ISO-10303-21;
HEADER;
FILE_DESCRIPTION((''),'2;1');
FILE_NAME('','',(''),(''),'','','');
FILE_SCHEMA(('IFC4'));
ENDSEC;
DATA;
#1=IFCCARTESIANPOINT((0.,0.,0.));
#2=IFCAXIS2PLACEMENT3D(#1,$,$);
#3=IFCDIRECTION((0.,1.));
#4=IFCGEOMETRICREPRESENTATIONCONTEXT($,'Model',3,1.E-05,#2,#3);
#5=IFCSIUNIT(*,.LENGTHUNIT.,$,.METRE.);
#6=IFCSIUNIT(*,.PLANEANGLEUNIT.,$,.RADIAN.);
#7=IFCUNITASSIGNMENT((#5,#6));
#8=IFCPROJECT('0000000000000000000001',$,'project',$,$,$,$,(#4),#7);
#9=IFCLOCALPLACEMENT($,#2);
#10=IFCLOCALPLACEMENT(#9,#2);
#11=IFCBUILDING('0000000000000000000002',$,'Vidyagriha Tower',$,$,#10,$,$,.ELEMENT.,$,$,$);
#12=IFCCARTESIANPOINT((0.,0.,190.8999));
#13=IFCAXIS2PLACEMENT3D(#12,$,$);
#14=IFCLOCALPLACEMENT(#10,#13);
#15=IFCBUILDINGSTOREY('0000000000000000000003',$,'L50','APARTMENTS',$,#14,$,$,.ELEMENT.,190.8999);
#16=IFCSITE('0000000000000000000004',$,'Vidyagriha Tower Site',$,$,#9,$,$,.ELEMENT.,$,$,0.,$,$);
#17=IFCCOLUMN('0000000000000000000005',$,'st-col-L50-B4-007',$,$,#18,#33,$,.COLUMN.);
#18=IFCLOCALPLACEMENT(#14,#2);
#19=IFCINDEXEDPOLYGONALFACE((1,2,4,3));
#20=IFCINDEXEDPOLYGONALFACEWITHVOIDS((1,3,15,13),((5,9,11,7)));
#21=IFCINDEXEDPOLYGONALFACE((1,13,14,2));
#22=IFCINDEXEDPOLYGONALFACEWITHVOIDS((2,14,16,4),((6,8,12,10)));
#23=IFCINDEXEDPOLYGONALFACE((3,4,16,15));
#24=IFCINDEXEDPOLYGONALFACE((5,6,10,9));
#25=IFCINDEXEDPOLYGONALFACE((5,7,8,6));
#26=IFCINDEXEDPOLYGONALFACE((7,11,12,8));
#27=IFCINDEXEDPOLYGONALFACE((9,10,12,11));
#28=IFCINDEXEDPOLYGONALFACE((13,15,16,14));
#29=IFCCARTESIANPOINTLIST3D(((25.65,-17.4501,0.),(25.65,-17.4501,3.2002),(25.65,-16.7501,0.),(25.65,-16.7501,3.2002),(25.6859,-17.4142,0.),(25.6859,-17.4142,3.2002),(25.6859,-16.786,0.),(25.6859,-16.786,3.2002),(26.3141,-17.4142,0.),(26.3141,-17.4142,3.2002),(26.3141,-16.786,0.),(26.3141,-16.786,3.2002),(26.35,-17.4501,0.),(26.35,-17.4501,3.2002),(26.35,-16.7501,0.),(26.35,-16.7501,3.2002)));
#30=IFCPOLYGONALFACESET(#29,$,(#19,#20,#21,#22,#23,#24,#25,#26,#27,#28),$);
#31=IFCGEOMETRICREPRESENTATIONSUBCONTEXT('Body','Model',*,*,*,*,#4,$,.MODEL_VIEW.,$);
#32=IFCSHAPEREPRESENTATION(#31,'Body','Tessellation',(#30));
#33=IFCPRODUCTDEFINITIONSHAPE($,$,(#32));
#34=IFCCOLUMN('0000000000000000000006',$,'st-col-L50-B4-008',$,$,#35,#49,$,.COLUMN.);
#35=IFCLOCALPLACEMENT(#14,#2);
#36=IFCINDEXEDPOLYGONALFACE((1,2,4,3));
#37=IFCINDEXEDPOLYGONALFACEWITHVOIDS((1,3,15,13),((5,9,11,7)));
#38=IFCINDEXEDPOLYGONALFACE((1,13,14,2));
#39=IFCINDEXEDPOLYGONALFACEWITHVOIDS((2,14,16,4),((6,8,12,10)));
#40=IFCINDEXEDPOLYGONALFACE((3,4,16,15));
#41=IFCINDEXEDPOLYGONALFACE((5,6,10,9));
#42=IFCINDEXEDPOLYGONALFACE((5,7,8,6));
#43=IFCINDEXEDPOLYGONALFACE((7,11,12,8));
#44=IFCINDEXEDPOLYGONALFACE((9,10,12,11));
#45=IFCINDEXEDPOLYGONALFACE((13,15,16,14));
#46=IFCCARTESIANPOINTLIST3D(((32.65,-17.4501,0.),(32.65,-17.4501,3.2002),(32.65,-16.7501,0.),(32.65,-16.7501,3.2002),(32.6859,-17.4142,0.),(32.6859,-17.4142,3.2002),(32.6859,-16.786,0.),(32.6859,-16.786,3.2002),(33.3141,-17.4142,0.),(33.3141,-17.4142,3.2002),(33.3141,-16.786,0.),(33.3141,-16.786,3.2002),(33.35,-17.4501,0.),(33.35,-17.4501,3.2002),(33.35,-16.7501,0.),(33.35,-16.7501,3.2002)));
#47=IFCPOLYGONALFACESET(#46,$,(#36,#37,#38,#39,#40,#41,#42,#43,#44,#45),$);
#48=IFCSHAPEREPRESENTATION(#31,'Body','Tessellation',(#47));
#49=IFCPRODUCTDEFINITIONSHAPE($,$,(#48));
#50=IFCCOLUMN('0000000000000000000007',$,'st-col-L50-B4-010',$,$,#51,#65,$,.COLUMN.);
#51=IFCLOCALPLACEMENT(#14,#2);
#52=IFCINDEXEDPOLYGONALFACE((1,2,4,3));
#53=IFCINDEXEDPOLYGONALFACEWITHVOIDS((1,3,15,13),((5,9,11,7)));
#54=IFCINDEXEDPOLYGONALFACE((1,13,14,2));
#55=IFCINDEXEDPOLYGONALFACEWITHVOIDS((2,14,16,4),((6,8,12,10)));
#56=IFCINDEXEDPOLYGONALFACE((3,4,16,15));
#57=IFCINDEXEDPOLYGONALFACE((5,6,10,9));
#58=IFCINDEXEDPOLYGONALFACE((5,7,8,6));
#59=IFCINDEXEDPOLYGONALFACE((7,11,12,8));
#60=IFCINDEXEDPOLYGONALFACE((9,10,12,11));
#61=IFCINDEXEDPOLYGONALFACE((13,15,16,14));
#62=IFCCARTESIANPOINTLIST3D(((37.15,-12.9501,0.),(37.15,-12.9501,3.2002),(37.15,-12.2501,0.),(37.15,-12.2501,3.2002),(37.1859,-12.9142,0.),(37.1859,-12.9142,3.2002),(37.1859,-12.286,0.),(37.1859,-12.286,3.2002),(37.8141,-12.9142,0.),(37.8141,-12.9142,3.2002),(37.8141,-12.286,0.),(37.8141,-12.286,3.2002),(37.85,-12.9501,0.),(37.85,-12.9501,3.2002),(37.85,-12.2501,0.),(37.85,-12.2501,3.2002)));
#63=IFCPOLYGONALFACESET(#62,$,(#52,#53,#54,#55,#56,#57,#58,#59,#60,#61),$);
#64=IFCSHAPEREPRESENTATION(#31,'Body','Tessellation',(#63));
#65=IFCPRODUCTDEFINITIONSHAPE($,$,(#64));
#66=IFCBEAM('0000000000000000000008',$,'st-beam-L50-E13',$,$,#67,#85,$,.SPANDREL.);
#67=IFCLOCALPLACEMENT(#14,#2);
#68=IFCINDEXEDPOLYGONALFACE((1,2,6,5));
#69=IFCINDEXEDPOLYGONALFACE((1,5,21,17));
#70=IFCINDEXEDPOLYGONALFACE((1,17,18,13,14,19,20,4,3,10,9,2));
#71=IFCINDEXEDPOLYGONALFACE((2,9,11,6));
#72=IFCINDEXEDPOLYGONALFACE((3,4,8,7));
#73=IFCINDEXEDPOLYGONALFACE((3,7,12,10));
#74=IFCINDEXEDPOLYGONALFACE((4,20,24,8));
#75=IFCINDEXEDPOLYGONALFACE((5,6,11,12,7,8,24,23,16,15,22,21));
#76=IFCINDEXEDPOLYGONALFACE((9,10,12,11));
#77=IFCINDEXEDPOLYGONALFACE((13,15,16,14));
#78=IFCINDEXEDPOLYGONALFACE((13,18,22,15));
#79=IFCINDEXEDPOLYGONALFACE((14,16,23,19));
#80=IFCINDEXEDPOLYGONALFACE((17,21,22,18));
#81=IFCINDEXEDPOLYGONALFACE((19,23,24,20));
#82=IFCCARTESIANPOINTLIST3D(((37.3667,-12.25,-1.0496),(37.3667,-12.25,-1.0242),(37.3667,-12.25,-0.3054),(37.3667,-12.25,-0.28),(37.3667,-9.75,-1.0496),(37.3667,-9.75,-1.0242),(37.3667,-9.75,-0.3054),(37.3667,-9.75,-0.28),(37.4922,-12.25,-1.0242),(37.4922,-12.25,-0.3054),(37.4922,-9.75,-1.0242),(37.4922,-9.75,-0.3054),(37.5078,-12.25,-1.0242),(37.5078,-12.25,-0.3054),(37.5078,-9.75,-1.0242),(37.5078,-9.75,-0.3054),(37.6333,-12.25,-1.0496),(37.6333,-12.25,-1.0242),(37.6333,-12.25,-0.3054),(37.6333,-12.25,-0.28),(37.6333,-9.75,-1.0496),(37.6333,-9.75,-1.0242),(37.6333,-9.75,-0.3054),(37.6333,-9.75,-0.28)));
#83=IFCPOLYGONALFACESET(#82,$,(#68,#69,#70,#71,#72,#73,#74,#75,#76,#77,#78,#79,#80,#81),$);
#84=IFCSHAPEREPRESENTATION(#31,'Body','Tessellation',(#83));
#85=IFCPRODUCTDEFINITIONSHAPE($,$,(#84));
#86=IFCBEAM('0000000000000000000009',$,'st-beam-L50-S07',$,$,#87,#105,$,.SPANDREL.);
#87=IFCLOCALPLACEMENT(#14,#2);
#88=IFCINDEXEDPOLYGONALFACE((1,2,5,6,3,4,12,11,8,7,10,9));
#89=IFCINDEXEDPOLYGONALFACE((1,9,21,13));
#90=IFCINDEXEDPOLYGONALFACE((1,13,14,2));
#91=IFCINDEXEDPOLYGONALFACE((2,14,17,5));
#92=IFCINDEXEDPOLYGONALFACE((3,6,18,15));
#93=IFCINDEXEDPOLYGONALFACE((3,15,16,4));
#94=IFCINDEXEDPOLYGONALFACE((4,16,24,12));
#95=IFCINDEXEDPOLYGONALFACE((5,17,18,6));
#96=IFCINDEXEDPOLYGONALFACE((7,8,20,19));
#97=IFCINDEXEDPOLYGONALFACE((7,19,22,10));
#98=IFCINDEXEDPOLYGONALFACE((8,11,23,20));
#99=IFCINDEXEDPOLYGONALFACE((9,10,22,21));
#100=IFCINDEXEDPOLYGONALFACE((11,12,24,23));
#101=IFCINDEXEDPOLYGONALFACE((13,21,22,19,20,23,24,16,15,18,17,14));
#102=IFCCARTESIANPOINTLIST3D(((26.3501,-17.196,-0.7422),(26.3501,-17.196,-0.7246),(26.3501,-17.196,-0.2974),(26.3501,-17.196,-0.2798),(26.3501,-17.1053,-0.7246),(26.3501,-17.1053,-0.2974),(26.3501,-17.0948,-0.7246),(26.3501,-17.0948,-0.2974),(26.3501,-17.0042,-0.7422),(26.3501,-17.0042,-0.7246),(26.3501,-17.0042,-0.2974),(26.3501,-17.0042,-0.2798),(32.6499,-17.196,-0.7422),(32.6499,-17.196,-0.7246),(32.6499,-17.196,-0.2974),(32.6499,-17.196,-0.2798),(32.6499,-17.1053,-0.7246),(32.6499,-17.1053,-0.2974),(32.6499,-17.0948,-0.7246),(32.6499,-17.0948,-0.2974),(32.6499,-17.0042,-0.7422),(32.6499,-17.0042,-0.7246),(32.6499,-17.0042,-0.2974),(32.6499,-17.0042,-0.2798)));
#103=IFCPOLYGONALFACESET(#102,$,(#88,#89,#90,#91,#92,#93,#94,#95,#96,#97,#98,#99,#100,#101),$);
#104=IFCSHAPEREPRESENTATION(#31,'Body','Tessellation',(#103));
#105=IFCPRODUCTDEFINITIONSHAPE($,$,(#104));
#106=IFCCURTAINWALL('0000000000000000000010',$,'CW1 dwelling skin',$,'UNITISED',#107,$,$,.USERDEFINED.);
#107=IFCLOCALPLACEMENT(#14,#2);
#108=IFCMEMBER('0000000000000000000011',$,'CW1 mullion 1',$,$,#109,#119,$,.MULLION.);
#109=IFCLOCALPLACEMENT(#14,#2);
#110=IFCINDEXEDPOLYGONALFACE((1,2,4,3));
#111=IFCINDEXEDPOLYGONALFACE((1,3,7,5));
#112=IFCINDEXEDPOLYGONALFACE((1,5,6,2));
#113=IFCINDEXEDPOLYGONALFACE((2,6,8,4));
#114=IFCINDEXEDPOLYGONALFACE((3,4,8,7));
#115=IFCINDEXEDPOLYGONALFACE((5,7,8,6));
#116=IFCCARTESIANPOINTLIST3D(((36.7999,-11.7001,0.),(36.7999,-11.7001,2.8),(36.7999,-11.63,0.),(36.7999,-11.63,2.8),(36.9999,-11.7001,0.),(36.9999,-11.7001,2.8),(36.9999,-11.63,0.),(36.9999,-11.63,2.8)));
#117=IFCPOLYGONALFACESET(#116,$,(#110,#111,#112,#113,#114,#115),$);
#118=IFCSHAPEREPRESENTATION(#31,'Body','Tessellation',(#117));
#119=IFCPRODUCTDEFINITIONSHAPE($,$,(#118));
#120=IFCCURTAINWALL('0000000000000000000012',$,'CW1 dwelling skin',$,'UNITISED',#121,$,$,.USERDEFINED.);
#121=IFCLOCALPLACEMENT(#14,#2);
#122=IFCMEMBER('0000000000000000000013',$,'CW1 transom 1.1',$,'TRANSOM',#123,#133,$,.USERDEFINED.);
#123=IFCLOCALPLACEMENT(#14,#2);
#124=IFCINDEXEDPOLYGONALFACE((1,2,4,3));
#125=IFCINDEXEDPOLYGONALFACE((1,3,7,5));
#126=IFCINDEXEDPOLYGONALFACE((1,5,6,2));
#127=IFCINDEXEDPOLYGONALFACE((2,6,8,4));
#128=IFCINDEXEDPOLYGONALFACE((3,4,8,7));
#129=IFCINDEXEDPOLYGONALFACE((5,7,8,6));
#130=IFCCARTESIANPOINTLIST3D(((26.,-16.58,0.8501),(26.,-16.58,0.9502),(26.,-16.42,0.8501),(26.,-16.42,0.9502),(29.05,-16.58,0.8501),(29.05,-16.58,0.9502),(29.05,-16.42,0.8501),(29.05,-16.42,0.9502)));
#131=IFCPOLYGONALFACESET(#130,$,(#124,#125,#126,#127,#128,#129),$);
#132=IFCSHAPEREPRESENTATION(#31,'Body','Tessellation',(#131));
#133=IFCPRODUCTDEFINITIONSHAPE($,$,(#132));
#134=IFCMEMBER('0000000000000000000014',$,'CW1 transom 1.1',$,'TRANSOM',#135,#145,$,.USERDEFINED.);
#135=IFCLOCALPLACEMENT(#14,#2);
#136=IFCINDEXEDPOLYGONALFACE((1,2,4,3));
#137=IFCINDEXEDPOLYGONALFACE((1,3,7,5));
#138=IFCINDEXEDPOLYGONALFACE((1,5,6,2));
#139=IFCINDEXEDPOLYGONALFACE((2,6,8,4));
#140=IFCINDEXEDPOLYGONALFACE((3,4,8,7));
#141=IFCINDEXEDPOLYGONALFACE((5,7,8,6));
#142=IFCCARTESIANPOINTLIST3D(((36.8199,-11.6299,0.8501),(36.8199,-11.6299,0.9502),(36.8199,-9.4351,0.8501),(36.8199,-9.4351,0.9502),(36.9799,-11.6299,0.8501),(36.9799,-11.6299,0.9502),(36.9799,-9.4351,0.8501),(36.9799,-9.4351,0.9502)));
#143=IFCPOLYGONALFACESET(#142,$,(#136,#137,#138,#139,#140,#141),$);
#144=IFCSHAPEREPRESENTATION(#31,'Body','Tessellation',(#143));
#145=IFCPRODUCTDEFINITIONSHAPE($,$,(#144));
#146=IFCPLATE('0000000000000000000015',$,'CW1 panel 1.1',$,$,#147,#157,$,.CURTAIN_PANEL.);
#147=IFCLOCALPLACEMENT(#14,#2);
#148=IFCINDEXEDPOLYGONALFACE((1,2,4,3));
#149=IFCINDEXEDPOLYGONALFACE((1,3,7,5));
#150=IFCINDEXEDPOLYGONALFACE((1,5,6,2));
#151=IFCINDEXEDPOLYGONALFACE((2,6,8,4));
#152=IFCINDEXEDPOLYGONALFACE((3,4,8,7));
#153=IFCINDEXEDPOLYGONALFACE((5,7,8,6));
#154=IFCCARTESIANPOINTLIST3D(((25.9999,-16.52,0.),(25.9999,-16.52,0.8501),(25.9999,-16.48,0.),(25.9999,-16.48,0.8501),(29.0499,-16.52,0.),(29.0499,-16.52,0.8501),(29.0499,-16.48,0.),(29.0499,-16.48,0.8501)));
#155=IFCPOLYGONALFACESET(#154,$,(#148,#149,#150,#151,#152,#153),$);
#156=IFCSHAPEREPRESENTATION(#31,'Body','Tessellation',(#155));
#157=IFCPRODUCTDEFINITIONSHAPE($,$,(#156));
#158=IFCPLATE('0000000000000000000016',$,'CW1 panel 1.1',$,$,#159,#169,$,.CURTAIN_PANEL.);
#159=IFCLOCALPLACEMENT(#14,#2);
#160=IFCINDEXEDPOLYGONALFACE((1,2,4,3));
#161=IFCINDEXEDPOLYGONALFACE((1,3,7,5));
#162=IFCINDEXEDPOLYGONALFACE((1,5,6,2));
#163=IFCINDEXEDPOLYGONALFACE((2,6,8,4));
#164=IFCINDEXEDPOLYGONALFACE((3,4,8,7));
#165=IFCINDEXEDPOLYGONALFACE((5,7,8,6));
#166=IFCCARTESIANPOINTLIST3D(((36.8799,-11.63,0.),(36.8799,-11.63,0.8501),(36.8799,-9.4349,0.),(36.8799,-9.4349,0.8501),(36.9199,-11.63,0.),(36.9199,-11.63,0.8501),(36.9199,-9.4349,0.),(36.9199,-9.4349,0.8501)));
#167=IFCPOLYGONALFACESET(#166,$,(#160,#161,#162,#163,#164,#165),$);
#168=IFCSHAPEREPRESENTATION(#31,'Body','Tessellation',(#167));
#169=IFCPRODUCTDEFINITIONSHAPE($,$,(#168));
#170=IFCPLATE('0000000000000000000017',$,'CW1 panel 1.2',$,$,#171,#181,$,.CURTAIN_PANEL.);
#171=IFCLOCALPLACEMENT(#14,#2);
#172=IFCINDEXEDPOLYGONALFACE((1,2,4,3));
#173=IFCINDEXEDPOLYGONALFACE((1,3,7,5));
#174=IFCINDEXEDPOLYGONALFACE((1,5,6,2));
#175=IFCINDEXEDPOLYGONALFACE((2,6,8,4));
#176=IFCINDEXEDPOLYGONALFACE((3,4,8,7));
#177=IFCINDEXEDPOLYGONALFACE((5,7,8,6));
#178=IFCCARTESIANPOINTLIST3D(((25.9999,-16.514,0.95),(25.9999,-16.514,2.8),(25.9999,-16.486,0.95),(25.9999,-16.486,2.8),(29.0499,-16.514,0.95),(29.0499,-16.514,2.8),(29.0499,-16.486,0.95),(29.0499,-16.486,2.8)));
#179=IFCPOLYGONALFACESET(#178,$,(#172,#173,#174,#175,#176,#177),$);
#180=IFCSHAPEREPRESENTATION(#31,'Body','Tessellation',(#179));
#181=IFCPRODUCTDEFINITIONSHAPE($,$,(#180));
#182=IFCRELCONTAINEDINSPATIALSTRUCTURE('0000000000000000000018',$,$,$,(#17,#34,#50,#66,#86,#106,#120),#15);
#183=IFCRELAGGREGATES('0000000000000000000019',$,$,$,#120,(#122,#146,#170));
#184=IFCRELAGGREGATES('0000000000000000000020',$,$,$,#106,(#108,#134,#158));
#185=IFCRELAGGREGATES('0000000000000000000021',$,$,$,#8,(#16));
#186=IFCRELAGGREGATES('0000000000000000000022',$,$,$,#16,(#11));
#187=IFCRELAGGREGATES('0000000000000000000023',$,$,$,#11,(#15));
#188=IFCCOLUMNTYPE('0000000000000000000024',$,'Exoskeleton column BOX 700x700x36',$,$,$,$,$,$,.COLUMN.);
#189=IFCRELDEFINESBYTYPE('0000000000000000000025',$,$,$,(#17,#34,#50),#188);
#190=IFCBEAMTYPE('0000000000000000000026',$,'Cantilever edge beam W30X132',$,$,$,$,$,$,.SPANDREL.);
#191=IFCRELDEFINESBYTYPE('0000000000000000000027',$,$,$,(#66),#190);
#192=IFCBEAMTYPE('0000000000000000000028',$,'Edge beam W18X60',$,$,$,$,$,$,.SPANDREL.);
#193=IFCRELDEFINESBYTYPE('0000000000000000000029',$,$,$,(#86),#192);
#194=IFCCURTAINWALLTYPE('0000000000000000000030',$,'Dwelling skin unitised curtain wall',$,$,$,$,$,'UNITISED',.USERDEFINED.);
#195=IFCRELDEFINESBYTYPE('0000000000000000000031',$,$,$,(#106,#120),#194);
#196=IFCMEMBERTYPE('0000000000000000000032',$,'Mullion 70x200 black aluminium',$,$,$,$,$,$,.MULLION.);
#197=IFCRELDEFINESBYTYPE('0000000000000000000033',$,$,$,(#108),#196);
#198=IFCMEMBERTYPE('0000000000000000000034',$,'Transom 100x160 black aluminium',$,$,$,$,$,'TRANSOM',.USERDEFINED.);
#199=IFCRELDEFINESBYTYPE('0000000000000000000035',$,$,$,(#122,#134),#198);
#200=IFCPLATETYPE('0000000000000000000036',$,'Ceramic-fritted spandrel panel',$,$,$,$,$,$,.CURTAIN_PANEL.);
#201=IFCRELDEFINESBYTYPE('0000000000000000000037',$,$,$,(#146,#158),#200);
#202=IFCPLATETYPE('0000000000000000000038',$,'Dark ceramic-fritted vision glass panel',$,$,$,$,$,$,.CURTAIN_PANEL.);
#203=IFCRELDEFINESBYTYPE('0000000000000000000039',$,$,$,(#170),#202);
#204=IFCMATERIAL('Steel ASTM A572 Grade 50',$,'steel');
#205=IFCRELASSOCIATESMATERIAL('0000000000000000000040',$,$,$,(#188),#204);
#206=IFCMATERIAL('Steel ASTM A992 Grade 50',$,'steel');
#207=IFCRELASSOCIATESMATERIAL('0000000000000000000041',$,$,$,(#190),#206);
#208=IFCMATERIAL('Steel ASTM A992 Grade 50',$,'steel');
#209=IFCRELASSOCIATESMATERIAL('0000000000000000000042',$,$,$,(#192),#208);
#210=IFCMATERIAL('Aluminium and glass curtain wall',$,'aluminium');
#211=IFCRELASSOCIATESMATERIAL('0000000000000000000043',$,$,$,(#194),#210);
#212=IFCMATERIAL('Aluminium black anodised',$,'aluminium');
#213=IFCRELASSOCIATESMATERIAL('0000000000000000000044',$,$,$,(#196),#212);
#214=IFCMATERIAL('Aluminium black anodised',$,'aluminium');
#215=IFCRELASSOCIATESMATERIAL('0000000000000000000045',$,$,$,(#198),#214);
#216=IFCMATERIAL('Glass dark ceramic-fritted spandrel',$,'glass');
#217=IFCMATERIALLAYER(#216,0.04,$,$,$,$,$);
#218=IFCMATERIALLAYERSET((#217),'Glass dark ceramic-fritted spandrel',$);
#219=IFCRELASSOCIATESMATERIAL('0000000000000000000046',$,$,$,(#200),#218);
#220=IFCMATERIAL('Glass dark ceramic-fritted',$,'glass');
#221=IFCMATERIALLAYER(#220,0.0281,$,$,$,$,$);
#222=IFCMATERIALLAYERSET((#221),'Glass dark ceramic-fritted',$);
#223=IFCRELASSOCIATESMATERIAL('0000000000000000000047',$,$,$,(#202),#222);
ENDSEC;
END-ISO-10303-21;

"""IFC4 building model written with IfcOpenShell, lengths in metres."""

from ifc_helpers import new_model, si_unit, direction, frame, origin, origin_2d, place, context, subcontext, project, spatial, rectangle, hollow_rectangle, i_section, extrude, material, layer, layer_set, material_profile, profile_set, type_object, element, aggregate, save


model = new_model("IFC4")

# Units and contexts
model_context = context("Model", 3, precision=1e-05, world=origin(), true_north=direction((0.0, 1.0)))
body_context = subcontext(model_context, "Body", "Model", "MODEL_VIEW")
ifc_project = project(units=[si_unit("LENGTHUNIT", "METRE"), si_unit("PLANEANGLEUNIT", "RADIAN")], contexts=[model_context])

# Site, building, storey
site_placement = place(None, origin())
site = spatial("IfcSite", under=ifc_project, at=site_placement, Name="Vidyagriha Tower Site", CompositionType="ELEMENT", RefElevation=0.0)
building_placement = place(site_placement, origin())
building = spatial("IfcBuilding", under=site, at=building_placement, Name="Vidyagriha Tower", CompositionType="ELEMENT")
storey_placement = place(building_placement, frame((0.0, 0.0, 190.8999)))
storey = spatial("IfcBuildingStorey", under=building, at=storey_placement, Name="L50", Description="APARTMENTS", CompositionType="ELEMENT", Elevation=190.8999)

# Columns
ifc_material_1 = material(Name="Steel ASTM A572 Grade 50", Category="steel")
ifc_material_profile_1 = material_profile(ifc_material_1, hollow_rectangle(XDim=0.7, YDim=0.7, WallThickness=0.0359, at=origin_2d()), Name="BOX 700x700x36")
ifc_profile_set_1 = profile_set([ifc_material_profile_1], Name="Steel ASTM A572 Grade 50")
column_type = type_object("IfcColumnType", Name="Exoskeleton column BOX 700x700x36", PredefinedType="COLUMN", material=ifc_profile_set_1)
for number, where, name in (
    (1, (26.0, -17.1001, 0.0), "st-col-L50-B4-007"),
    (2, (33.0, -17.1001, 0.0), "st-col-L50-B4-008"),
    (3, (37.5, -12.6001, 0.0), "st-col-L50-B4-010"),
):
    element("IfcColumn", number, at=place(storey_placement, frame(where)), inside=storey, type_object=column_type, Name=name, PredefinedType="COLUMN", context=body_context, shape_type="SweptSolid", body=[
        extrude(hollow_rectangle(XDim=0.7, YDim=0.7, WallThickness=0.0359, at=origin_2d()), origin(), (0.0, 0.0, 1.0), 3.2002),
    ])

# Beams
ifc_material_2 = material(Name="Steel ASTM A992 Grade 50", Category="steel")
ifc_material_profile_2 = material_profile(ifc_material_2, i_section(OverallWidth=0.2666, OverallDepth=0.7695, WebThickness=0.0156, FlangeThickness=0.0254, at=origin_2d()), Name="W30X132")
ifc_profile_set_2 = profile_set([ifc_material_profile_2], Name="Steel ASTM A992 Grade 50")
beam_type_1 = type_object("IfcBeamType", Name="Cantilever edge beam W30X132", PredefinedType="SPANDREL", material=ifc_profile_set_2)
beam_1_placement = place(storey_placement, frame((37.5, -12.25, -0.6648), z_axis=(0.0, 1.0, 0.0), x_axis=(-1.0, 0.0, 0.0)))
element("IfcBeam", 4, at=beam_1_placement, inside=storey, type_object=beam_type_1, Name="st-beam-L50-E13", PredefinedType="SPANDREL", context=body_context, shape_type="SweptSolid", body=[
    extrude(i_section(OverallWidth=0.2666, OverallDepth=0.7695, WebThickness=0.0156, FlangeThickness=0.0254, at=origin_2d()), origin(), (0.0, 0.0, 1.0), 2.5),
])
ifc_material_3 = material(Name="Steel ASTM A992 Grade 50", Category="steel")
ifc_material_profile_3 = material_profile(ifc_material_3, i_section(OverallWidth=0.1919, OverallDepth=0.4624, WebThickness=0.0105, FlangeThickness=0.0176, at=origin_2d()), Name="W18X60")
ifc_profile_set_3 = profile_set([ifc_material_profile_3], Name="Steel ASTM A992 Grade 50")
beam_type_2 = type_object("IfcBeamType", Name="Edge beam W18X60", PredefinedType="SPANDREL", material=ifc_profile_set_3)
beam_2_placement = place(storey_placement, frame((26.3501, -17.1001, -0.511), z_axis=(1.0, 0.0, 0.0), x_axis=(0.0, 1.0, 0.0)))
element("IfcBeam", 5, at=beam_2_placement, inside=storey, type_object=beam_type_2, Name="st-beam-L50-S07", PredefinedType="SPANDREL", context=body_context, shape_type="SweptSolid", body=[
    extrude(i_section(OverallWidth=0.1919, OverallDepth=0.4624, WebThickness=0.0105, FlangeThickness=0.0176, at=origin_2d()), origin(), (0.0, 0.0, 1.0), 6.2998),
])

# Curtain walls, members
ifc_material_4 = material(Name="Aluminium and glass curtain wall", Category="aluminium")
curtain_wall_type = type_object("IfcCurtainWallType", Name="Dwelling skin unitised curtain wall", ElementType="UNITISED", PredefinedType="USERDEFINED", material=ifc_material_4)
curtain_wall_1_placement = place(storey_placement, origin())
curtain_wall_1 = element("IfcCurtainWall", 6, at=curtain_wall_1_placement, inside=storey, type_object=curtain_wall_type, Name="CW1 dwelling skin", ObjectType="UNITISED", PredefinedType="USERDEFINED")
ifc_material_5 = material(Name="Aluminium black anodised", Category="aluminium")
ifc_material_profile_4 = material_profile(ifc_material_5, rectangle(XDim=0.2, YDim=0.0701, at=origin_2d()), Name="Mullion 70x200 black aluminium")
ifc_profile_set_4 = profile_set([ifc_material_profile_4], Name="Aluminium black anodised")
member_type_1 = type_object("IfcMemberType", Name="Mullion 70x200 black aluminium", PredefinedType="MULLION", material=ifc_profile_set_4)
member_1_placement = place(storey_placement, frame((36.8999, -11.665, 0.0), z_axis=(0.0, 0.0, 1.0), x_axis=(-1.0, 0.0, 0.0)))
member_1 = element("IfcMember", 7, at=member_1_placement, type_object=member_type_1, Name="CW1 mullion 1", PredefinedType="MULLION", context=body_context, shape_type="SweptSolid", body=[
    extrude(rectangle(XDim=0.2, YDim=0.0701, at=origin_2d()), origin(), (0.0, 0.0, 1.0), 2.8),
])
curtain_wall_2_placement = place(storey_placement, origin())
curtain_wall_2 = element("IfcCurtainWall", 8, at=curtain_wall_2_placement, inside=storey, type_object=curtain_wall_type, Name="CW1 dwelling skin", ObjectType="UNITISED", PredefinedType="USERDEFINED")
ifc_material_6 = material(Name="Aluminium black anodised", Category="aluminium")
ifc_material_profile_5 = material_profile(ifc_material_6, rectangle(XDim=0.1599, YDim=0.1001, at=origin_2d()), Name="Transom 100x160 black aluminium")
ifc_profile_set_5 = profile_set([ifc_material_profile_5], Name="Aluminium black anodised")
member_type_2 = type_object("IfcMemberType", Name="Transom 100x160 black aluminium", ElementType="TRANSOM", PredefinedType="USERDEFINED", material=ifc_profile_set_5)
member_2_placement = place(storey_placement, frame((26.0, -16.5, 0.9001), z_axis=(1.0, 0.0, 0.0), x_axis=(0.0, 1.0, 0.0)))
member_2 = element("IfcMember", 9, at=member_2_placement, type_object=member_type_2, Name="CW1 transom 1.1", ObjectType="TRANSOM", PredefinedType="USERDEFINED", context=body_context, shape_type="SweptSolid", body=[
    extrude(rectangle(XDim=0.1599, YDim=0.1001, at=origin_2d()), origin(), (0.0, 0.0, 1.0), 3.05),
])

# Member
member_3_placement = place(storey_placement, frame((36.8999, -11.6299, 0.9001), z_axis=(0.0, 1.0, 0.0), x_axis=(-1.0, 0.0, 0.0)))
member_3 = element("IfcMember", 10, at=member_3_placement, type_object=member_type_2, Name="CW1 transom 1.1", ObjectType="TRANSOM", PredefinedType="USERDEFINED", context=body_context, shape_type="SweptSolid", body=[
    extrude(rectangle(XDim=0.1599, YDim=0.1001, at=origin_2d()), origin(), (0.0, 0.0, 1.0), 2.1948),
])

# Plates
ifc_material_7 = material(Name="Glass dark ceramic-fritted spandrel", Category="glass")
ifc_layer_1 = layer(ifc_material_7, 0.04)
ifc_layer_set_1 = layer_set([ifc_layer_1], Name="Glass dark ceramic-fritted spandrel")
plate_type_1 = type_object("IfcPlateType", Name="Ceramic-fritted spandrel panel", PredefinedType="CURTAIN_PANEL", material=ifc_layer_set_1)
plate_1_placement = place(storey_placement, frame((27.5249, -16.5, 0.0)))
plate_1 = element("IfcPlate", 11, at=plate_1_placement, type_object=plate_type_1, Name="CW1 panel 1.1", PredefinedType="CURTAIN_PANEL", context=body_context, shape_type="SweptSolid", body=[
    extrude(rectangle(XDim=3.05, YDim=0.04, at=origin_2d()), origin(), (0.0, 0.0, 1.0), 0.8501),
])
plate_2_placement = place(storey_placement, frame((36.8999, -10.5325, 0.0), z_axis=(0.0, 0.0, 1.0), x_axis=(0.0, 1.0, 0.0)))
plate_2 = element("IfcPlate", 12, at=plate_2_placement, type_object=plate_type_1, Name="CW1 panel 1.1", PredefinedType="CURTAIN_PANEL", context=body_context, shape_type="SweptSolid", body=[
    extrude(rectangle(XDim=2.1951, YDim=0.04, at=origin_2d()), origin(), (0.0, 0.0, 1.0), 0.8501),
])
ifc_material_8 = material(Name="Glass dark ceramic-fritted", Category="glass")
ifc_layer_2 = layer(ifc_material_8, 0.0281)
ifc_layer_set_2 = layer_set([ifc_layer_2], Name="Glass dark ceramic-fritted")
plate_type_2 = type_object("IfcPlateType", Name="Dark ceramic-fritted vision glass panel", PredefinedType="CURTAIN_PANEL", material=ifc_layer_set_2)
plate_3_placement = place(storey_placement, frame((27.5249, -16.5, 0.95)))
plate_3 = element("IfcPlate", 13, at=plate_3_placement, type_object=plate_type_2, Name="CW1 panel 1.2", PredefinedType="CURTAIN_PANEL", context=body_context, shape_type="SweptSolid", body=[
    extrude(rectangle(XDim=3.05, YDim=0.0281, at=origin_2d()), origin(), (0.0, 0.0, 1.0), 1.8501),
])
aggregate(curtain_wall_2, [member_2, plate_1, plate_3])
aggregate(curtain_wall_1, [member_1, member_3, plate_2])

save(model, "model.ifc")
